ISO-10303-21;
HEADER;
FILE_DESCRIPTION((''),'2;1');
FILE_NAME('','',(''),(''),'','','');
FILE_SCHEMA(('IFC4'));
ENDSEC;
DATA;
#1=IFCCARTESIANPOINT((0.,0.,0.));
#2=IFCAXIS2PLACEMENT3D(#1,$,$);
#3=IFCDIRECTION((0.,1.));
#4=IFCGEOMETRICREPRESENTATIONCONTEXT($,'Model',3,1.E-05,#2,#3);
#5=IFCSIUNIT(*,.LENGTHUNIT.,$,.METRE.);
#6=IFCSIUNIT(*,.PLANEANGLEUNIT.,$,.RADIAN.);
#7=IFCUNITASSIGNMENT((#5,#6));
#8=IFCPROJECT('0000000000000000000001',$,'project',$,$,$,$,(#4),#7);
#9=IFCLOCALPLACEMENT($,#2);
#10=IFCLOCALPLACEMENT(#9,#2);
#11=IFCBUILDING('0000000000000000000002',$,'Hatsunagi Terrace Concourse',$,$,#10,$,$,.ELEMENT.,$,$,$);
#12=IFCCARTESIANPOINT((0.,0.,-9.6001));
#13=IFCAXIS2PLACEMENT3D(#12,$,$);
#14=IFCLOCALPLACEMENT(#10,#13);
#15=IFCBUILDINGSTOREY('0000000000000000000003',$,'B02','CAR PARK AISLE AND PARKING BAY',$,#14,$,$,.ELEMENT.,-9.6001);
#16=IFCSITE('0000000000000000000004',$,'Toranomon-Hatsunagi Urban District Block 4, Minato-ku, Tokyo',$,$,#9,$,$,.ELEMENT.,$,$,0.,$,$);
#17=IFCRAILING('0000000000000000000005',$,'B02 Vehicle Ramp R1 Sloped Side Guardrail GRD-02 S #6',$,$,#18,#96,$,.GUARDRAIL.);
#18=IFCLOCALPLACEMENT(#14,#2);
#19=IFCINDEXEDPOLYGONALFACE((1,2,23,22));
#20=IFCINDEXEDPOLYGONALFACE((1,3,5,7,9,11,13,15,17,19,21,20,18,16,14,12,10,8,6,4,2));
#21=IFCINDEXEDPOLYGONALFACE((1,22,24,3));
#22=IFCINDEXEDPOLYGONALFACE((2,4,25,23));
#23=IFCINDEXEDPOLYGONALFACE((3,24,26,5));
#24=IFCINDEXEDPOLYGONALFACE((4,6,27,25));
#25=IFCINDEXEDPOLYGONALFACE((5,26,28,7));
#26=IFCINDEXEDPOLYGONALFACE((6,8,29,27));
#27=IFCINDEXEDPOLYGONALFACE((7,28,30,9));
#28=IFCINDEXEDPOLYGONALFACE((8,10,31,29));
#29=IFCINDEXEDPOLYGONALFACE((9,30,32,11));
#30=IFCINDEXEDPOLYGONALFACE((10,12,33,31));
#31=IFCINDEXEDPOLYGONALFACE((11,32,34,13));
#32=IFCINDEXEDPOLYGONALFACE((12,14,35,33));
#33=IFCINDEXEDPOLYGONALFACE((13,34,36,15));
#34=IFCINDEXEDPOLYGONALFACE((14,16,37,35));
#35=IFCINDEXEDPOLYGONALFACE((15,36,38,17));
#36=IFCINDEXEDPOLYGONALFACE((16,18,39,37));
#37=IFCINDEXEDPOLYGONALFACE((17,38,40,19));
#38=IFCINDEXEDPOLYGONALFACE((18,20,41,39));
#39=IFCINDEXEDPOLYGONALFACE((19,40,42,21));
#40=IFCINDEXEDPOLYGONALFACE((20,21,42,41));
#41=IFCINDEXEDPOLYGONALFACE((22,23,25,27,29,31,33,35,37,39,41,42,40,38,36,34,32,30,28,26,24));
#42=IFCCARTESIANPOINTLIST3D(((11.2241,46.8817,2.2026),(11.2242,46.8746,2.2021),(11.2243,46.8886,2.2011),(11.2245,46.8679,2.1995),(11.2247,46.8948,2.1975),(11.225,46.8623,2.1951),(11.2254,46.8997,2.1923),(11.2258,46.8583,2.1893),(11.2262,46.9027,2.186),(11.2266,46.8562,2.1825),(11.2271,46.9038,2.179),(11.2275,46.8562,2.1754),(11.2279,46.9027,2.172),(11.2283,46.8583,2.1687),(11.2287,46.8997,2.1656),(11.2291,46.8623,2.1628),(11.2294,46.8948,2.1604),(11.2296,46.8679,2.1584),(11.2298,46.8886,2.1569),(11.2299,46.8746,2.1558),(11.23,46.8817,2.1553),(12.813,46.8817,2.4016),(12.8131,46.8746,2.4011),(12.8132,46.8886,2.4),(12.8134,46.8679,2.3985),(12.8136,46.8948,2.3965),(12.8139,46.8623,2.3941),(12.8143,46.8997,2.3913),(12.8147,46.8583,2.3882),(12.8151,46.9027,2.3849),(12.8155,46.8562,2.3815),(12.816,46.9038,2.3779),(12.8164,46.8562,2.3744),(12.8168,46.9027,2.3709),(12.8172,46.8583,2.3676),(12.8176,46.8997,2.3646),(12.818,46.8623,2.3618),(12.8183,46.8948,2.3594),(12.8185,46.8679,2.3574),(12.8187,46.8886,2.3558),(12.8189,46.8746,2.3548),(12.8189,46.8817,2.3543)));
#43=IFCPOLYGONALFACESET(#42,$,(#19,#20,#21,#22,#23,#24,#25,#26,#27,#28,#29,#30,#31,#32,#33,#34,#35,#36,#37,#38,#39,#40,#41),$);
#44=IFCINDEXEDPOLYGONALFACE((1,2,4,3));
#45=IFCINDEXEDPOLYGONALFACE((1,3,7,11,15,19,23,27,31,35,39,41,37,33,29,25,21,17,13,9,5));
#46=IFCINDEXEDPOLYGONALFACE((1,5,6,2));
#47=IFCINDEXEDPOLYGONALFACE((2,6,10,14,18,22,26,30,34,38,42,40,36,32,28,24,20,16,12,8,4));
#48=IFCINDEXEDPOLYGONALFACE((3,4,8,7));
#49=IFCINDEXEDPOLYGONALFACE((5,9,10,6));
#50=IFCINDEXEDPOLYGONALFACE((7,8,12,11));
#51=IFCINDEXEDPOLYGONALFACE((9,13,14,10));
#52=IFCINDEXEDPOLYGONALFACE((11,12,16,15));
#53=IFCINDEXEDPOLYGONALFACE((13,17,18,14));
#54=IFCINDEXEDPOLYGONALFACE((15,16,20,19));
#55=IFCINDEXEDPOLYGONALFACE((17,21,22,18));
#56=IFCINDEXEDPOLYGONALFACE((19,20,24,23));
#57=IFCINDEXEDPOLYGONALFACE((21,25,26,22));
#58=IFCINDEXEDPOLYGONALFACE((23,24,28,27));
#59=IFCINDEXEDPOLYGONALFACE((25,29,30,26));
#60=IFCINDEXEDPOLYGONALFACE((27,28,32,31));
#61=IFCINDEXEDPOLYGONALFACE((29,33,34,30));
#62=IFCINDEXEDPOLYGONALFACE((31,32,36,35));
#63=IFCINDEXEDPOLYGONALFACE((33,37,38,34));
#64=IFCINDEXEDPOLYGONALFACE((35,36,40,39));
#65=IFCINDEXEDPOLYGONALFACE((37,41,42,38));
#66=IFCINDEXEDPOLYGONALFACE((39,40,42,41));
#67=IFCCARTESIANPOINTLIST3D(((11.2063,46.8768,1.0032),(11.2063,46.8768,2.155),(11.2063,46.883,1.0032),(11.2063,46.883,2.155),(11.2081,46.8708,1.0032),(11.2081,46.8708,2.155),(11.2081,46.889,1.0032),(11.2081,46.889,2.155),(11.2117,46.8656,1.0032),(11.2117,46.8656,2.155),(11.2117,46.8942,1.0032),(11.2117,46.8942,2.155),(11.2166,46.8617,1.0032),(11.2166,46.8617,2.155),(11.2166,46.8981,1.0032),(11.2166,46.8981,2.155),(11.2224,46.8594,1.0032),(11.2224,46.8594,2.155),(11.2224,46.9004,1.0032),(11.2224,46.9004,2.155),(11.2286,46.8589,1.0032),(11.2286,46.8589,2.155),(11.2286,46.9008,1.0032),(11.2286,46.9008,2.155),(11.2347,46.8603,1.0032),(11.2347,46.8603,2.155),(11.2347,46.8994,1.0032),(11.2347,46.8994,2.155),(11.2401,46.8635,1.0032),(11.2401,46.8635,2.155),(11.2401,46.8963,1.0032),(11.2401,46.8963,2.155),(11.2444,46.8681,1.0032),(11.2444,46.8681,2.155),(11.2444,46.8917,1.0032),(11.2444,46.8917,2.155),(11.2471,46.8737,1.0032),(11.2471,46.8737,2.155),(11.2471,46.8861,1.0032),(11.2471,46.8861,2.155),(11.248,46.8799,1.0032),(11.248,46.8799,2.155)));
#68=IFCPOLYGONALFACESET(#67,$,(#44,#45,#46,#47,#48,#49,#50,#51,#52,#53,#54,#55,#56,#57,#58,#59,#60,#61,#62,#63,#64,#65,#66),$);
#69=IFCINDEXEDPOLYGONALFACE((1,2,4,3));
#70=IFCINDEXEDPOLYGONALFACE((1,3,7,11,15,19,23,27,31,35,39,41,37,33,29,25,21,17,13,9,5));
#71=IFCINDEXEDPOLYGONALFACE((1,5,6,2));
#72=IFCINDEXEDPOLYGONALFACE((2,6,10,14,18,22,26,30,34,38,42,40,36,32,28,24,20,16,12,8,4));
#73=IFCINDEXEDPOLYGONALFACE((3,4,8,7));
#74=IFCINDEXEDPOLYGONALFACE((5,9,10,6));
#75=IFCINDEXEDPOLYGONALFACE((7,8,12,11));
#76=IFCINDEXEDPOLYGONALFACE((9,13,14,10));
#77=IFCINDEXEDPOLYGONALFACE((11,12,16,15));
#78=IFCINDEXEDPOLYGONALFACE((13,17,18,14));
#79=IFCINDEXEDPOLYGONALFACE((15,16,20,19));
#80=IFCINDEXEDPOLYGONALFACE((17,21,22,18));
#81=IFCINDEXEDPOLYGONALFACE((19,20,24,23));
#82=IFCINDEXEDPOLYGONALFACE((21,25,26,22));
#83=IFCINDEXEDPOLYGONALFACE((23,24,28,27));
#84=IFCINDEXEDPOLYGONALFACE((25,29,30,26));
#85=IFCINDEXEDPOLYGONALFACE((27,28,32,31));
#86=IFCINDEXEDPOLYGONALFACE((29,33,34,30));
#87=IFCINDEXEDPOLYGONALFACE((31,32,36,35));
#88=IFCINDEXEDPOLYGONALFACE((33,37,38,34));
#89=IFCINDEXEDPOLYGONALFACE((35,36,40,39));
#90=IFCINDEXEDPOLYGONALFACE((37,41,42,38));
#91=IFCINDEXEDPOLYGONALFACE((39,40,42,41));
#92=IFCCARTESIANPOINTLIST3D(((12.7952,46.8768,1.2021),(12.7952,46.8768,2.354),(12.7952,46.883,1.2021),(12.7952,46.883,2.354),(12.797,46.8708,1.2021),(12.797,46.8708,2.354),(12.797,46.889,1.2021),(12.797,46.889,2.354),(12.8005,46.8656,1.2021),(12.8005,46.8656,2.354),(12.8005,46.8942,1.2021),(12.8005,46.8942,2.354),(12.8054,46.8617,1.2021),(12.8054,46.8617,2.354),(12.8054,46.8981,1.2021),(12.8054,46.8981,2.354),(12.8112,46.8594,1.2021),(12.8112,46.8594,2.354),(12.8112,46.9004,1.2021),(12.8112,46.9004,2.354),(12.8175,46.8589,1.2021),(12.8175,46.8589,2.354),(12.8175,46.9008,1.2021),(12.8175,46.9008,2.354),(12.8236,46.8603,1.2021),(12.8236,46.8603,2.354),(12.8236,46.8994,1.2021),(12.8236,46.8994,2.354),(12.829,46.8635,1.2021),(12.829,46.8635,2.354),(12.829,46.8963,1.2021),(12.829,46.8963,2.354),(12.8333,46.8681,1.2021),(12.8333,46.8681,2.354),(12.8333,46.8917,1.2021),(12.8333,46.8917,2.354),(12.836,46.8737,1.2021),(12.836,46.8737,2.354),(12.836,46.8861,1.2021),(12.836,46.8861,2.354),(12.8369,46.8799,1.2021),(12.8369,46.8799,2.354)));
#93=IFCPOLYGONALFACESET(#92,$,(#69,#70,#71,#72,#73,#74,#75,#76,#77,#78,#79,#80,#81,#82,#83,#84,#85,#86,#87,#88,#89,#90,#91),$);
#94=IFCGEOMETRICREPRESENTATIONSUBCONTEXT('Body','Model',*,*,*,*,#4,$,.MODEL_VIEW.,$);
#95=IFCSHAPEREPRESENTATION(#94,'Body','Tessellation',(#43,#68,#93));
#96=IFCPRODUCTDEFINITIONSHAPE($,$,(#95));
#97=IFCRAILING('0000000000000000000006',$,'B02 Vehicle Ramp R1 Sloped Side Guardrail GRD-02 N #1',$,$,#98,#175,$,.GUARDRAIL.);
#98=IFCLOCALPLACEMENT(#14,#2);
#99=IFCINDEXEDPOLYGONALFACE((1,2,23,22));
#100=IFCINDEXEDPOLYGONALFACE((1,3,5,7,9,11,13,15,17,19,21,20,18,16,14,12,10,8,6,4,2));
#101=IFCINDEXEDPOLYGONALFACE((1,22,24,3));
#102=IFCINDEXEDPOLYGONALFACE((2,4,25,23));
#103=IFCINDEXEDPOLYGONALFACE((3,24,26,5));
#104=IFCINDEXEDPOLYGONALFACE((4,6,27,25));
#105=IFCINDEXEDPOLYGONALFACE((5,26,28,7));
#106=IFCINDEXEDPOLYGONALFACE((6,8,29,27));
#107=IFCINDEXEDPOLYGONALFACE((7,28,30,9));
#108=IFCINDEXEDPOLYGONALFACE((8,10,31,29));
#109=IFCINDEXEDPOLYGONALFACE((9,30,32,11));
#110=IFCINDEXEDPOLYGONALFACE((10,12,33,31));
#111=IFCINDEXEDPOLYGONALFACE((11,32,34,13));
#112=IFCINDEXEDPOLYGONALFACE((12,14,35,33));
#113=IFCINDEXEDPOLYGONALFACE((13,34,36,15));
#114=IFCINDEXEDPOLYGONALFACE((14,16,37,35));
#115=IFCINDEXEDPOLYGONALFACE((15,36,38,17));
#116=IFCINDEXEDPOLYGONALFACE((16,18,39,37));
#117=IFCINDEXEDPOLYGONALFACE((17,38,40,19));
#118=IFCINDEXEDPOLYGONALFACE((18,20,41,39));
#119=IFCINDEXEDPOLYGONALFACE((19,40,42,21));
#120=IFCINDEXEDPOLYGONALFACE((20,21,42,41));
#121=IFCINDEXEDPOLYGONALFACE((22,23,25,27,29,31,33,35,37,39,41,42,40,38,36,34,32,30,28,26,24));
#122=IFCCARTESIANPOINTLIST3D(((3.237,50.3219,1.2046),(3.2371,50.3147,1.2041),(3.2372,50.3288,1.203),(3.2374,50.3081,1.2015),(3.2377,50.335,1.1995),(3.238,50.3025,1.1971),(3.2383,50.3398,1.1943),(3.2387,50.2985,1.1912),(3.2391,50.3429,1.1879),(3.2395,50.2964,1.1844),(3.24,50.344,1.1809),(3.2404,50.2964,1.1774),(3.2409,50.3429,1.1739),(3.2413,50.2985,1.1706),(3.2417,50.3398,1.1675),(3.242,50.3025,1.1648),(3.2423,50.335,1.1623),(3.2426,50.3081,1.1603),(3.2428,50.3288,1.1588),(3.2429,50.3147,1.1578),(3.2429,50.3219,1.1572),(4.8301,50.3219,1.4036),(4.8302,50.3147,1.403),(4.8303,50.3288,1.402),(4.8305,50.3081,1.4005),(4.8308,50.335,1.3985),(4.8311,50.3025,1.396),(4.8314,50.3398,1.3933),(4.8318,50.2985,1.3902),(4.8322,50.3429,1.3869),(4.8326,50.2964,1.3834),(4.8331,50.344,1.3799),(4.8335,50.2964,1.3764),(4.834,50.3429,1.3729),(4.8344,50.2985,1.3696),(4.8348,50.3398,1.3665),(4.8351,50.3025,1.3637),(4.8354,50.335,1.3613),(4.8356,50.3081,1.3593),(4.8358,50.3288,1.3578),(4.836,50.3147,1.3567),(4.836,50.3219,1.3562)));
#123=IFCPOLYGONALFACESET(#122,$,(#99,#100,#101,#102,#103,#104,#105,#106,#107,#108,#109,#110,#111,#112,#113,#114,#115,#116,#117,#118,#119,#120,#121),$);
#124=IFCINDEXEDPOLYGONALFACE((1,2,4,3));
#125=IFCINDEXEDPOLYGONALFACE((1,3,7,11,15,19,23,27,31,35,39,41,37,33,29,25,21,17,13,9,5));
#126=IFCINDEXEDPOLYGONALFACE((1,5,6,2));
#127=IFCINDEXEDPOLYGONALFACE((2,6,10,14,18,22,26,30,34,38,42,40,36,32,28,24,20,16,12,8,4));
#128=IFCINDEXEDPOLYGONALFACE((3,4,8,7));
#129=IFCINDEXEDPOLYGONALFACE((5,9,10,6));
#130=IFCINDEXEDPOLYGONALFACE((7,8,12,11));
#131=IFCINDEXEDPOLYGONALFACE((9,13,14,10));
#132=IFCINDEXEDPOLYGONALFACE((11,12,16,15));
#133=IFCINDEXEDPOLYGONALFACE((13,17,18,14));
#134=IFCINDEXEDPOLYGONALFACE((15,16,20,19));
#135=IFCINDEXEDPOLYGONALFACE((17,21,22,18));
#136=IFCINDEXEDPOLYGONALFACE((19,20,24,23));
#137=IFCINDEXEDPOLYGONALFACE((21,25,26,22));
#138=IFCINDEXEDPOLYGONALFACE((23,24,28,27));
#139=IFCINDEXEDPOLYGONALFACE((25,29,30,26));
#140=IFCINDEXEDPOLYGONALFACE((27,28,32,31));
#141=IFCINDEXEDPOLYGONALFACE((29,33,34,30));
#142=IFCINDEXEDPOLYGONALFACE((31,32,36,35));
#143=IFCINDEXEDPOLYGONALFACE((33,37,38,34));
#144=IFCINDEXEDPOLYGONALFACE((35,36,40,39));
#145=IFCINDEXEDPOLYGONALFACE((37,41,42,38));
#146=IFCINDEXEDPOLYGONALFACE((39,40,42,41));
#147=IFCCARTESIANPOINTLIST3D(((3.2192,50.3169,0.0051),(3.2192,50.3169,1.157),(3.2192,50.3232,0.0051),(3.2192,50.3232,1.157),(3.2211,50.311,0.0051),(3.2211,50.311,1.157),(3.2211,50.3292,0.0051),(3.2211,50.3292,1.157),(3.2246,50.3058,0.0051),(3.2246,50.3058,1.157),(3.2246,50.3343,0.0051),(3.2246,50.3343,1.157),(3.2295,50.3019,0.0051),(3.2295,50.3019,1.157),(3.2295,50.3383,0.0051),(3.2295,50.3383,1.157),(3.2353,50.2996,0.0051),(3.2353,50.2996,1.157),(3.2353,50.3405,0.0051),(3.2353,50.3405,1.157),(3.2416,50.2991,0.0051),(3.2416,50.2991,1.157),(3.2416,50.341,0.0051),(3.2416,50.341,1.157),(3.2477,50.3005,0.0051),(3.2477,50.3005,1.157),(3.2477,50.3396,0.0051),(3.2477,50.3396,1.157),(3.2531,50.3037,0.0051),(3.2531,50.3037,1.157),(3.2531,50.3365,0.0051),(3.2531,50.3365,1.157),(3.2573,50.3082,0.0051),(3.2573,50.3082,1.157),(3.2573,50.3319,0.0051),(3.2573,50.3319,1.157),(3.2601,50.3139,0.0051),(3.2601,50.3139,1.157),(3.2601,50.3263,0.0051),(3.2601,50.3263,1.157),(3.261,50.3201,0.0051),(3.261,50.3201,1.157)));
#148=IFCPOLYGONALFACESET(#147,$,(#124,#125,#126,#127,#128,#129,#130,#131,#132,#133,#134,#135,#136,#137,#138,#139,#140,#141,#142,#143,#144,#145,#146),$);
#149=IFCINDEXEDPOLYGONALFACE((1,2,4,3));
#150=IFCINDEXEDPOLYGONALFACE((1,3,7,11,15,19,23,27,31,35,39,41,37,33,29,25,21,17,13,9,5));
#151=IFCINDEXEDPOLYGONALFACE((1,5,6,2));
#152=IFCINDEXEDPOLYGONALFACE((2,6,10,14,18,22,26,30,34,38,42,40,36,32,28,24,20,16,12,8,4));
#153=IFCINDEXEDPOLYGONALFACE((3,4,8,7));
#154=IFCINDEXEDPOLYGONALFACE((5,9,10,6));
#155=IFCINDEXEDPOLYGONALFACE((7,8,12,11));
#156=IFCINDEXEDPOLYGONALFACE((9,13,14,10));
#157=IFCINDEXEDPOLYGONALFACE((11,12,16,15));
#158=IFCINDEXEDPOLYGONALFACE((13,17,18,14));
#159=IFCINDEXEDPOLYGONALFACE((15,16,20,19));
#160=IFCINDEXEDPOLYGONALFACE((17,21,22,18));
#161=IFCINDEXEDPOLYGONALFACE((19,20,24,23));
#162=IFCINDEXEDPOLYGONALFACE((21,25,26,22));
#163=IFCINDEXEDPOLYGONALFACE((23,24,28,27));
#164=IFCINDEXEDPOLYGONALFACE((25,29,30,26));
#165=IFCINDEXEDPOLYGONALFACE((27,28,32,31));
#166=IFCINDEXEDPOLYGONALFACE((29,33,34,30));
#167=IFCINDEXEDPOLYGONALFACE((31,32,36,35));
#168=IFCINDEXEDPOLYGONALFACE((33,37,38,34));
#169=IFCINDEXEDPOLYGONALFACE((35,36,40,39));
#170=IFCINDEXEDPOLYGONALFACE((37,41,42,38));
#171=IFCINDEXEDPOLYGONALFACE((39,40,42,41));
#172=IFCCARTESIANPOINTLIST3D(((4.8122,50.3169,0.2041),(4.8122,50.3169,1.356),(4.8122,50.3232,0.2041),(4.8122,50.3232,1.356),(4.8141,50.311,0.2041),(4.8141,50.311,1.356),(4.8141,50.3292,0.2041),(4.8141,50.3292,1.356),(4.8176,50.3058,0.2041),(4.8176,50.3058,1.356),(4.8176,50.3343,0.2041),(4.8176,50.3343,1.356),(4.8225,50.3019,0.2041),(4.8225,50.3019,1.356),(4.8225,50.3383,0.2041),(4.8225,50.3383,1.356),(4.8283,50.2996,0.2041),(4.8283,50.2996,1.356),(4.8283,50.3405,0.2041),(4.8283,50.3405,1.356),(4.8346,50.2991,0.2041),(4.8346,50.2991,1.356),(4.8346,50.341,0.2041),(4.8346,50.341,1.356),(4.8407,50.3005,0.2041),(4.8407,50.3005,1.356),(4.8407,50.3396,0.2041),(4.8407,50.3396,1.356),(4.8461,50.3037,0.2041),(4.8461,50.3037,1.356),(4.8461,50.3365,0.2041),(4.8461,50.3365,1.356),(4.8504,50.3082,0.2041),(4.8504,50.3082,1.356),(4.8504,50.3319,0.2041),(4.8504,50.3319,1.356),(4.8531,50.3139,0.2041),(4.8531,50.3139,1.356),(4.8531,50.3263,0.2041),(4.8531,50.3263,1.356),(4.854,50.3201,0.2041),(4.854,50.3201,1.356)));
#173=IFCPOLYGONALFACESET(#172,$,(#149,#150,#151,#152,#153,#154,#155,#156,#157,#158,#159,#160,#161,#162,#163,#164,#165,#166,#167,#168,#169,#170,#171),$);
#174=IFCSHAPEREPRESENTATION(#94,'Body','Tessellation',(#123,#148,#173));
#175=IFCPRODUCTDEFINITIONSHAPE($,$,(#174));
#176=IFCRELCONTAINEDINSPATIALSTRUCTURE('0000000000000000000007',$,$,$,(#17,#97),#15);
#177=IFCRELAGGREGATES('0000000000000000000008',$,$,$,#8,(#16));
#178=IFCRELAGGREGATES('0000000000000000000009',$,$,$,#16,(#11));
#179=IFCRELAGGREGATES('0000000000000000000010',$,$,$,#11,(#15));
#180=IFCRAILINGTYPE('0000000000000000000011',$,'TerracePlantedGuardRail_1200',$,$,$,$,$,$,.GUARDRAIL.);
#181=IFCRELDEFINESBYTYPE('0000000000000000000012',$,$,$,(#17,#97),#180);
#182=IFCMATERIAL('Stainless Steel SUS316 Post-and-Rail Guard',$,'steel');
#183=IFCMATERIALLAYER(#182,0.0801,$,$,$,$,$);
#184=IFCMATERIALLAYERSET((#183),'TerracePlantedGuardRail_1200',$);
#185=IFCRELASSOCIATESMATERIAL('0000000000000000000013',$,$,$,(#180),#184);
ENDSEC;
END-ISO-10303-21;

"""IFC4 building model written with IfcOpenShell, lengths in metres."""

from ifc_helpers import new_model, si_unit, direction, frame, origin, origin_2d, place, context, subcontext, project, spatial, circle, extrude, material, layer, layer_set, type_object, element, save


model = new_model("IFC4")

# Units and contexts
model_context = context("Model", 3, precision=1e-05, world=origin(), true_north=direction((0.0, 1.0)))
body_context = subcontext(model_context, "Body", "Model", "MODEL_VIEW")
ifc_project = project(units=[si_unit("LENGTHUNIT", "METRE"), si_unit("PLANEANGLEUNIT", "RADIAN")], contexts=[model_context])

# Site, building, storey
site_placement = place(None, origin())
site = spatial("IfcSite", under=ifc_project, at=site_placement, Name="Toranomon-Hatsunagi Urban District Block 4, Minato-ku, Tokyo", CompositionType="ELEMENT", RefElevation=0.0)
building_placement = place(site_placement, origin())
building = spatial("IfcBuilding", under=site, at=building_placement, Name="Hatsunagi Terrace Concourse", CompositionType="ELEMENT")
storey_placement = place(building_placement, frame((0.0, 0.0, -9.6001)))
storey = spatial("IfcBuildingStorey", under=building, at=storey_placement, Name="B02", Description="CAR PARK AISLE AND PARKING BAY", CompositionType="ELEMENT", Elevation=-9.6001)

# Railings
ifc_material_1 = material(Name="Stainless Steel SUS316 Post-and-Rail Guard", Category="steel")
ifc_layer_1 = layer(ifc_material_1, 0.0801)
ifc_layer_set_1 = layer_set([ifc_layer_1], Name="TerracePlantedGuardRail_1200")
railing_type = type_object("IfcRailingType", Name="TerracePlantedGuardRail_1200", PredefinedType="GUARDRAIL", material=ifc_layer_set_1)
railing_1_placement = place(storey_placement, frame((11.2271, 46.8799, 1.0032)))
element("IfcRailing", 1, at=railing_1_placement, inside=storey, type_object=railing_type, Name="B02 Vehicle Ramp R1 Sloped Side Guardrail GRD-02 S #6", PredefinedType="GUARDRAIL", context=body_context, shape_type="SweptSolid", body=[
    extrude(circle(Radius=0.0239, at=origin_2d()), frame((0.0, 0.0, 1.1758), z_axis=(0.99225, 0.0, 0.12426), x_axis=(0.0, 1.0, 0.0)), (0.0, 0.0, 1.0), 1.6013),
    extrude(circle(Radius=0.021, at=origin_2d()), origin(), (0.0, 0.0, 1.0), 1.1519),
    extrude(circle(Radius=0.021, at=origin_2d()), frame((1.5889, 0.0, 0.199)), (0.0, 0.0, 1.0), 1.1519),
])
railing_2_placement = place(storey_placement, frame((3.24, 50.3201, 0.0051)))
element("IfcRailing", 2, at=railing_2_placement, inside=storey, type_object=railing_type, Name="B02 Vehicle Ramp R1 Sloped Side Guardrail GRD-02 N #1", PredefinedType="GUARDRAIL", context=body_context, shape_type="SweptSolid", body=[
    extrude(circle(Radius=0.0239, at=origin_2d()), frame((0.0, 0.0, 1.1758), z_axis=(0.99229, 0.0, 0.123941), x_axis=(0.0, 1.0, 0.0)), (0.0, 0.0, 1.0), 1.6055),
    extrude(circle(Radius=0.021, at=origin_2d()), origin(), (0.0, 0.0, 1.0), 1.1519),
    extrude(circle(Radius=0.021, at=origin_2d()), frame((1.593, 0.0, 0.199)), (0.0, 0.0, 1.0), 1.1519),
])

save(model, "model.ifc")
